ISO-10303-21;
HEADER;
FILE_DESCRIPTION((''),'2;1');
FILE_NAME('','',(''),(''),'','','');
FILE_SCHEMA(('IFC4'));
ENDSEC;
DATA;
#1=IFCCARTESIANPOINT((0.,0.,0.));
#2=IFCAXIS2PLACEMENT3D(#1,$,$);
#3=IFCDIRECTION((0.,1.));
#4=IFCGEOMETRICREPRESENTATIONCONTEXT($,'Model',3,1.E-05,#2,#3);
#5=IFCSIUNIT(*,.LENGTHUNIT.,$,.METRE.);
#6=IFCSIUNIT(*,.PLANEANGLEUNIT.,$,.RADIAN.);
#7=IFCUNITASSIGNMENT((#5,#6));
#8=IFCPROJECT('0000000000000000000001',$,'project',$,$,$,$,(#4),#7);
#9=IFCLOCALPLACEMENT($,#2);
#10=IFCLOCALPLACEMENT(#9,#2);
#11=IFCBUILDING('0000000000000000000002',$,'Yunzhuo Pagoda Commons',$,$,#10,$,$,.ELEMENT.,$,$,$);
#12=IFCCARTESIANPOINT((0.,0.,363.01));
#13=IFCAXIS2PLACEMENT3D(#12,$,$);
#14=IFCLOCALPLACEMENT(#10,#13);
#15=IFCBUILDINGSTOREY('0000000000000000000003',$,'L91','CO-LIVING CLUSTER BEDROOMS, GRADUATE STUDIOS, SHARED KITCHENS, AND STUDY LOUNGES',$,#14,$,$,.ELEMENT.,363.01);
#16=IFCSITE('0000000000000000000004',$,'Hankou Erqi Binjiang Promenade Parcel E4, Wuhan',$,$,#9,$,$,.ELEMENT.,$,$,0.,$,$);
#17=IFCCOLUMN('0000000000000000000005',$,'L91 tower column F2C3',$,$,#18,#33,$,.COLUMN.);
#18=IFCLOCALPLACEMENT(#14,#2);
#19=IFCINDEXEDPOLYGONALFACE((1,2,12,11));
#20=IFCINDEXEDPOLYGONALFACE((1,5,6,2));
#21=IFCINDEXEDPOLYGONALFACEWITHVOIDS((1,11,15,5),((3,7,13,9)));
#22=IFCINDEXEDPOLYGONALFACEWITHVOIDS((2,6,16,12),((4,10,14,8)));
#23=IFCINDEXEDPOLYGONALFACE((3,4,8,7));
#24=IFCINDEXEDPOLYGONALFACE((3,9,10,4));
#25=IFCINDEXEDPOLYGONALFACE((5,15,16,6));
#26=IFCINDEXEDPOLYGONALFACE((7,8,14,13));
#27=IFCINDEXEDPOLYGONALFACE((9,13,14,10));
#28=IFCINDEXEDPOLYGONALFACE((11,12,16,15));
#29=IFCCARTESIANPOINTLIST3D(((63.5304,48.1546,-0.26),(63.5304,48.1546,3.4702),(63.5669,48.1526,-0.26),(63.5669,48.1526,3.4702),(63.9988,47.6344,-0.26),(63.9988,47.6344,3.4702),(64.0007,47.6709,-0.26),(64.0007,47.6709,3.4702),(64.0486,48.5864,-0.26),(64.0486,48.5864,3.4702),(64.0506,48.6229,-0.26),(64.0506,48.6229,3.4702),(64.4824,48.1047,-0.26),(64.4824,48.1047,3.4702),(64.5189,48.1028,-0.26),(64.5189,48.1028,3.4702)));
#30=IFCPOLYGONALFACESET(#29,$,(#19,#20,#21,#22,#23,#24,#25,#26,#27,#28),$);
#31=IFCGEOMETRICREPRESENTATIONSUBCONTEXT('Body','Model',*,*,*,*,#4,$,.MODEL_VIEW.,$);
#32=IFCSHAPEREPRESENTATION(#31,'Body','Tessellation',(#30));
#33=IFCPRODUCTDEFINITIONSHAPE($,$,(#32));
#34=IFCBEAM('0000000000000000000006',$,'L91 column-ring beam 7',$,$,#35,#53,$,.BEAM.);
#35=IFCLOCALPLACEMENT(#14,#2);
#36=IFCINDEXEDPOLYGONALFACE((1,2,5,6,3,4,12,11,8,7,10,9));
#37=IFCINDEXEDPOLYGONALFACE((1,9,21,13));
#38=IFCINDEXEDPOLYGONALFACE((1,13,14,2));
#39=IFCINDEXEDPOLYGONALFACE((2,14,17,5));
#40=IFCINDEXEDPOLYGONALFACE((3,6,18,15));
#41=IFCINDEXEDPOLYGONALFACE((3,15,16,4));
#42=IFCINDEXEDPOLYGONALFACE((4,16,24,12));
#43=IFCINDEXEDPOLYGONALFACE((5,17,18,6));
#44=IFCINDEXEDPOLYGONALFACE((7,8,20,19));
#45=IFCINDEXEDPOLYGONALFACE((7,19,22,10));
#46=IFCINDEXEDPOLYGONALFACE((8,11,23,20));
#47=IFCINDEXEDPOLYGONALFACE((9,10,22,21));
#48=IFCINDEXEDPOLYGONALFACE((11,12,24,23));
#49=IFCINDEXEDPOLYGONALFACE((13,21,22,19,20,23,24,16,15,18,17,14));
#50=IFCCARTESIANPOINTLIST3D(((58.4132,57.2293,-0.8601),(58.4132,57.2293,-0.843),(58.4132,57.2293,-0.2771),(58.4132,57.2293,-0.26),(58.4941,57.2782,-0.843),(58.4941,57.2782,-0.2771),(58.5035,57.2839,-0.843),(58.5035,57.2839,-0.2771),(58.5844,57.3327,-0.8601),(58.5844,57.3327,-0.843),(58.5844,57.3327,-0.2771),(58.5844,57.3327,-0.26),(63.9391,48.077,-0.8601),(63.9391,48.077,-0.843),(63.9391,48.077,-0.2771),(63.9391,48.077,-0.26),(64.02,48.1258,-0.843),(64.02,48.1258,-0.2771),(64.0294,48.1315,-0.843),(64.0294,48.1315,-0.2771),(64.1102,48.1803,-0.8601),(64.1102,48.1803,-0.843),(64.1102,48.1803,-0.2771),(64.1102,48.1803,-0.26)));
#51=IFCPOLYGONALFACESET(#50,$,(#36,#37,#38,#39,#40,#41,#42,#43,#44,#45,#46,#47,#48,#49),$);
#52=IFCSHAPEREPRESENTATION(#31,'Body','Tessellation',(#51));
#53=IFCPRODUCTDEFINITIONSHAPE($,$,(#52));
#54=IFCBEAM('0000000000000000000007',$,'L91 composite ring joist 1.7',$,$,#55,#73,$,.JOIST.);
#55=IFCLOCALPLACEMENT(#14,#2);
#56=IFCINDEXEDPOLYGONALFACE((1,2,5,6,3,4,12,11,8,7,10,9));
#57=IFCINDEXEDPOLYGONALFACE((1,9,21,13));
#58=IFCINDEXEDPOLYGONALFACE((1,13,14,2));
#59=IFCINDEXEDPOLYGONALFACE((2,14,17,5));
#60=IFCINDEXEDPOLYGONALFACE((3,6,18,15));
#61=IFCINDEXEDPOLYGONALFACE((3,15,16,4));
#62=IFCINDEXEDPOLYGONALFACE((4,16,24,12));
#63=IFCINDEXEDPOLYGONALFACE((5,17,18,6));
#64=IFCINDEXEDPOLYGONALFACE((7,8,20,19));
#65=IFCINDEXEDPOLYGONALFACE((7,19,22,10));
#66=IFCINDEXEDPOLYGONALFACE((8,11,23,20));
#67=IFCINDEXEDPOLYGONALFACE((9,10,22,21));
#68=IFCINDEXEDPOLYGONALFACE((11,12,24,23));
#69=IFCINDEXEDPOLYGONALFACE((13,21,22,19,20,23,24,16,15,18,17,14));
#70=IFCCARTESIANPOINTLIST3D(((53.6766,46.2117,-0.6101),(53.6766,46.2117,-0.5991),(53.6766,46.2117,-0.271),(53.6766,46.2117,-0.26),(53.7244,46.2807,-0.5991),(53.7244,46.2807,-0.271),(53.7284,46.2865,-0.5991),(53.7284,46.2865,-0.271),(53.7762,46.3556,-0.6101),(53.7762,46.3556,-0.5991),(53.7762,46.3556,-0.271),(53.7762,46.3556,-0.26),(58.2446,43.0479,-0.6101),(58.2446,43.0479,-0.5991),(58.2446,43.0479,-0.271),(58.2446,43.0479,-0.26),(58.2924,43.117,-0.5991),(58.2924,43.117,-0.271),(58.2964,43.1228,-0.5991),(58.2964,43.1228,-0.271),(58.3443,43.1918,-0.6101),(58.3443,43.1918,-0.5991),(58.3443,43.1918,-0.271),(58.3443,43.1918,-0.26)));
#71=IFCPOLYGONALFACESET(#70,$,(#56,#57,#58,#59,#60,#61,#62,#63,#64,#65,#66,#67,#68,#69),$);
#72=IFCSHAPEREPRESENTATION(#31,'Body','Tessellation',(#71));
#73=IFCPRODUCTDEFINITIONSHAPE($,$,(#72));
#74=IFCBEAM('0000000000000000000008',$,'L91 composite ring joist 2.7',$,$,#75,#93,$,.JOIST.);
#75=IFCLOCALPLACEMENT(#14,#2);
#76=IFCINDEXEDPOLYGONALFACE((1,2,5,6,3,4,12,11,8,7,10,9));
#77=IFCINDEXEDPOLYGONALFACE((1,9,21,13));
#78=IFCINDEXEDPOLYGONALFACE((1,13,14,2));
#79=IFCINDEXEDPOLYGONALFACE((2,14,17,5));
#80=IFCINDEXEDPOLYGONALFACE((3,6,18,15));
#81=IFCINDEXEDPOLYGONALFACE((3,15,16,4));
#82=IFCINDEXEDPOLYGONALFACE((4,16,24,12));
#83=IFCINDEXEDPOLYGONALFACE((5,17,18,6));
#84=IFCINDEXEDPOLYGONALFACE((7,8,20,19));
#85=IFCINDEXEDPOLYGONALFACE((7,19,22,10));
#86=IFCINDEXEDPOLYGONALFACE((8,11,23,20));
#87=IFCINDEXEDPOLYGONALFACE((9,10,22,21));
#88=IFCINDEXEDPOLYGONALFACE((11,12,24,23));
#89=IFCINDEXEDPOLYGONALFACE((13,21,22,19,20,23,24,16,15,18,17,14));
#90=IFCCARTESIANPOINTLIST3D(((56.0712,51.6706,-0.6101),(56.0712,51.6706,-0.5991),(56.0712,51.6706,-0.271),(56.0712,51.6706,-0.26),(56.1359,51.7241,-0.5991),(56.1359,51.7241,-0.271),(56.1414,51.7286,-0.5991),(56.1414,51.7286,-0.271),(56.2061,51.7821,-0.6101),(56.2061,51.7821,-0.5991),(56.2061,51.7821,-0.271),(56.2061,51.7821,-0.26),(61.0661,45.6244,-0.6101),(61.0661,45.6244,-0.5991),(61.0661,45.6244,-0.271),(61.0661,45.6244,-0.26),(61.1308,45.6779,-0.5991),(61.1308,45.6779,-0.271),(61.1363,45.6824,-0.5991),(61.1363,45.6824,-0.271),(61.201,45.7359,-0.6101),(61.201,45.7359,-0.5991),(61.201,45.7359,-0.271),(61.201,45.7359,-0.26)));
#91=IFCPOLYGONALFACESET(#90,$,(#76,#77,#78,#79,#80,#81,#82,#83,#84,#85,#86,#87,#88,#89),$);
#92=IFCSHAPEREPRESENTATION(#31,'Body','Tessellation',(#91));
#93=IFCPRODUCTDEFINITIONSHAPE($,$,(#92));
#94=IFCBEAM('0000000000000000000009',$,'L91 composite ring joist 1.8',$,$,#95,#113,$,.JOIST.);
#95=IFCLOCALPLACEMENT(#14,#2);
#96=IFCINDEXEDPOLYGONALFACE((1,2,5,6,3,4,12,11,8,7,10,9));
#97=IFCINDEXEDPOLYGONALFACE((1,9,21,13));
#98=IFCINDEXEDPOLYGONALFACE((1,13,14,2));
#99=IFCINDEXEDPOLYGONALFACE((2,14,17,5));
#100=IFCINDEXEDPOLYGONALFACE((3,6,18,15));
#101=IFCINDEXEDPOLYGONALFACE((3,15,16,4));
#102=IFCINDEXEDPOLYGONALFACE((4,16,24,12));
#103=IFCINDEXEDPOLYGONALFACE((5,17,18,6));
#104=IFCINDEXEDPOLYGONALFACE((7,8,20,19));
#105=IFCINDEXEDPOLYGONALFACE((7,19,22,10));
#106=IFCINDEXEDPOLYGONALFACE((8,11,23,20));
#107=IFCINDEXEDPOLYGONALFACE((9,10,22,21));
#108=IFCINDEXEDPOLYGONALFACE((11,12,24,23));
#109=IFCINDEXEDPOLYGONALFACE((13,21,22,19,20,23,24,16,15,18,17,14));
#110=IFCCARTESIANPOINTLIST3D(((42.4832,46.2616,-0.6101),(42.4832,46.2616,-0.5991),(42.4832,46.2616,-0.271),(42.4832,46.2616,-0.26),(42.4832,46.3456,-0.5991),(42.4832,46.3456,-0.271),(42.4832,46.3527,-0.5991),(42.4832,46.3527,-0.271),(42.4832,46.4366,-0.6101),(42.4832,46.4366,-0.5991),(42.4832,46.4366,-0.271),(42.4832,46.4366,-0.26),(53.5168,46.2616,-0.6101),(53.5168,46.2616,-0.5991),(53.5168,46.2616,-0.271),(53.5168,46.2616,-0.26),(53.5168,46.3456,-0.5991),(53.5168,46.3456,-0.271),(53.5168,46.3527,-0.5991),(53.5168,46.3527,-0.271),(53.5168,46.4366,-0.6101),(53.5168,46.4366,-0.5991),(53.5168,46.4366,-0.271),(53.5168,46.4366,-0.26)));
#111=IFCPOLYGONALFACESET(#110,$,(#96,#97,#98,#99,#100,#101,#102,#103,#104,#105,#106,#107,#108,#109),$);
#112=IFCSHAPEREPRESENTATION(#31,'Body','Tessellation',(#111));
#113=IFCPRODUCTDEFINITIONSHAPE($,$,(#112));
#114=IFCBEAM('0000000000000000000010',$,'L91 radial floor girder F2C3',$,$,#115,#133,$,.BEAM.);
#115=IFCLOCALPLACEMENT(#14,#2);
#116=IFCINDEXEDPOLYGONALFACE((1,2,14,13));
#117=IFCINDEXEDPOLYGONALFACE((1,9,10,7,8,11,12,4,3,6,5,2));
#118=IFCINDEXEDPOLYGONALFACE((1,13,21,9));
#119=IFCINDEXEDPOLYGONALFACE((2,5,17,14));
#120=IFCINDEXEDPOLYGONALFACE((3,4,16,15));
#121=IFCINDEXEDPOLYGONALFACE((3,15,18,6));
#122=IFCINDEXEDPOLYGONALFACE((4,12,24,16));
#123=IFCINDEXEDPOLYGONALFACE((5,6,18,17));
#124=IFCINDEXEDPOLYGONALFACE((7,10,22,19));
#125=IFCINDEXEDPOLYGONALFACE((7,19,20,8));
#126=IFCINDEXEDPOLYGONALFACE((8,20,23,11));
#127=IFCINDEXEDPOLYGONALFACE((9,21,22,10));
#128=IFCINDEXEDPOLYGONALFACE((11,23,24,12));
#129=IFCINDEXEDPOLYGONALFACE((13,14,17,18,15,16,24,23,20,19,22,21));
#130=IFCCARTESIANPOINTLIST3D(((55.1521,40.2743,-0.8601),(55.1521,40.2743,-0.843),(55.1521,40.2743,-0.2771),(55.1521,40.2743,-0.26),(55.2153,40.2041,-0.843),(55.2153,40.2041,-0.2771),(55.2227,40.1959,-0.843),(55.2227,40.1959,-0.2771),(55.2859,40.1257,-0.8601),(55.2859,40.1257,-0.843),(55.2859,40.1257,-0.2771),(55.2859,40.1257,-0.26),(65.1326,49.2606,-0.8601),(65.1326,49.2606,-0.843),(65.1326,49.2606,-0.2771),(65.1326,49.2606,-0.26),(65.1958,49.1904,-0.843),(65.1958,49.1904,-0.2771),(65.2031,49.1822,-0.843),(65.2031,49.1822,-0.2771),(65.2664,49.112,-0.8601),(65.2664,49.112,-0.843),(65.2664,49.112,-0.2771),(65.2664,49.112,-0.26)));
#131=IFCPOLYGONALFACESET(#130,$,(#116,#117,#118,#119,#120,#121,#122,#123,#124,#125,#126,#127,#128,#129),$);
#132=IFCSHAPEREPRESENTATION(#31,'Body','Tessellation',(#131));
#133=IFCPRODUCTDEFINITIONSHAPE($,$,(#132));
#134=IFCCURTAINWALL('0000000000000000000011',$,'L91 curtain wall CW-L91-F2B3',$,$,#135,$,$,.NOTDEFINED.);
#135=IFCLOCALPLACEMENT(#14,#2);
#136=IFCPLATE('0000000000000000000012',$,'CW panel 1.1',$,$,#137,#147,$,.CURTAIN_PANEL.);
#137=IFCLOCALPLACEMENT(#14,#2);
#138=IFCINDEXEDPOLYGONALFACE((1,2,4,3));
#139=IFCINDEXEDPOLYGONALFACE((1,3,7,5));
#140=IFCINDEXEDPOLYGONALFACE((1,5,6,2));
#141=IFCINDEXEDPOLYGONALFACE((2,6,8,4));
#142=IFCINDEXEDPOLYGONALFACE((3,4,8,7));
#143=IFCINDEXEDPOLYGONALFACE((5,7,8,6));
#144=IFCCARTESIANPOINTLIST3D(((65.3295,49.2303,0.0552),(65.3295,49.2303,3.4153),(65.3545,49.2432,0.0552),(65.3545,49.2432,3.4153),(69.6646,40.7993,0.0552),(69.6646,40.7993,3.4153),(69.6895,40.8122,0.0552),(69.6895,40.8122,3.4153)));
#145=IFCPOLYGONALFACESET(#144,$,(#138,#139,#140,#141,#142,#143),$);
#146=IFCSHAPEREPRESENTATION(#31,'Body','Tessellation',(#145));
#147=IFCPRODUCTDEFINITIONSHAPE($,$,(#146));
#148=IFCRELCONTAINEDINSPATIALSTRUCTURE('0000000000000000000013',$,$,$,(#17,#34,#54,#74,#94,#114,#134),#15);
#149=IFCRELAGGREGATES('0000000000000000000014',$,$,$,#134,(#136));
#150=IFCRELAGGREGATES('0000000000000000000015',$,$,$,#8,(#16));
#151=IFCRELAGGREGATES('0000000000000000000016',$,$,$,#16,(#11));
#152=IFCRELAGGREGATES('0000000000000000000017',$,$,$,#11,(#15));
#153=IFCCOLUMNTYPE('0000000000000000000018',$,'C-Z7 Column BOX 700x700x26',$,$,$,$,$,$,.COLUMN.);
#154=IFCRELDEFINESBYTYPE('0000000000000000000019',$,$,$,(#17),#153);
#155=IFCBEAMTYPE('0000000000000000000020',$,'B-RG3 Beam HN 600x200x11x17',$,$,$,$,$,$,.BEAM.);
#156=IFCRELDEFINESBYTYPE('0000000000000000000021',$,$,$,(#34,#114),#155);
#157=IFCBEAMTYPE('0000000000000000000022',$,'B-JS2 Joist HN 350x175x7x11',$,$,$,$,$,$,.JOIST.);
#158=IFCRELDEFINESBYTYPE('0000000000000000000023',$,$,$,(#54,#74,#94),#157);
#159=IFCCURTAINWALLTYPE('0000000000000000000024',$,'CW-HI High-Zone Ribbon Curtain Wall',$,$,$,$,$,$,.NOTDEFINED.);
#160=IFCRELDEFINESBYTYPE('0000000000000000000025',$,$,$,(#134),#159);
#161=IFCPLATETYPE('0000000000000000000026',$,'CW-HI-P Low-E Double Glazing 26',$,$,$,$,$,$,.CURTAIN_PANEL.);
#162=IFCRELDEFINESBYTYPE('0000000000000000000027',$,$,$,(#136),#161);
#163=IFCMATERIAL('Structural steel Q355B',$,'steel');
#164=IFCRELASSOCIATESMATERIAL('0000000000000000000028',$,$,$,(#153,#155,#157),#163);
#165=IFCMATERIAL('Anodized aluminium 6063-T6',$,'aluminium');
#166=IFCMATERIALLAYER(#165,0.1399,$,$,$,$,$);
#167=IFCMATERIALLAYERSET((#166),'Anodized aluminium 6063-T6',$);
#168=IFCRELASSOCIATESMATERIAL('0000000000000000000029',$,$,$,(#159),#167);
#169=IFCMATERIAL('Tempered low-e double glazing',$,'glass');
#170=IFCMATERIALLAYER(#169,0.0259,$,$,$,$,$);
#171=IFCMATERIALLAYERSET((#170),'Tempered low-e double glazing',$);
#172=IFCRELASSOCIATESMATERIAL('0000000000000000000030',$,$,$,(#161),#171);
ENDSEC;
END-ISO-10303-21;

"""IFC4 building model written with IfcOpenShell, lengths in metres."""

from ifc_helpers import new_model, si_unit, direction, frame, origin, origin_2d, place, context, subcontext, project, spatial, rectangle, hollow_rectangle, i_section, extrude, source, transform, mapped, material, layer, layer_set, material_profile, profile_set, type_object, element, aggregate, save


model = new_model("IFC4")

# Units and contexts
model_context = context("Model", 3, precision=1e-05, world=origin(), true_north=direction((0.0, 1.0)))
body_context = subcontext(model_context, "Body", "Model", "MODEL_VIEW")
ifc_project = project(units=[si_unit("LENGTHUNIT", "METRE"), si_unit("PLANEANGLEUNIT", "RADIAN")], contexts=[model_context])

# Site, building, storey
site_placement = place(None, origin())
site = spatial("IfcSite", under=ifc_project, at=site_placement, Name="Hankou Erqi Binjiang Promenade Parcel E4, Wuhan", CompositionType="ELEMENT", RefElevation=0.0)
building_placement = place(site_placement, origin())
building = spatial("IfcBuilding", under=site, at=building_placement, Name="Yunzhuo Pagoda Commons", CompositionType="ELEMENT")
storey_placement = place(building_placement, frame((0.0, 0.0, 363.01)))
storey = spatial("IfcBuildingStorey", under=building, at=storey_placement, Name="L91", Description="CO-LIVING CLUSTER BEDROOMS, GRADUATE STUDIOS, SHARED KITCHENS, AND STUDY LOUNGES", CompositionType="ELEMENT", Elevation=363.01)

# Column
ifc_material_1 = material(Name="Structural steel Q355B", Category="steel")
ifc_material_profile_1 = material_profile(ifc_material_1, hollow_rectangle(XDim=0.7, YDim=0.7, WallThickness=0.0259, at=origin_2d()), Name="Structural steel Q355B")
ifc_profile_set_1 = profile_set([ifc_material_profile_1], Name="Structural steel Q355B")
column_type = type_object("IfcColumnType", Name="C-Z7 Column BOX 700x700x26", PredefinedType="COLUMN", material=ifc_profile_set_1)
shared_shape_1 = source(origin(), body_context, "Body", "SweptSolid", [
    extrude(hollow_rectangle(XDim=0.7, YDim=0.7, WallThickness=0.0259, at=origin_2d()), origin(), (0.0, 0.0, 1.0), 3.7302),
])
column_placement = place(storey_placement, frame((64.0247, 48.1287, -0.26), z_axis=(0.0, 0.0, 1.0), x_axis=(-0.669131, 0.743145, 0.0)))
element("IfcColumn", 1, at=column_placement, inside=storey, type_object=column_type, Name="L91 tower column F2C3", PredefinedType="COLUMN", context=body_context, shape_type="MappedRepresentation", body=[
    mapped(shared_shape_1, transform((0.0, 0.0, 0.0), scale=1.0)),
])

# Beams
ifc_material_profile_2 = material_profile(ifc_material_1, i_section(OverallWidth=0.2, OverallDepth=0.6001, WebThickness=0.011, FlangeThickness=0.0171, at=origin_2d()), Name="Structural steel Q355B")
ifc_profile_set_2 = profile_set([ifc_material_profile_2], Name="Structural steel Q355B")
beam_type_1 = type_object("IfcBeamType", Name="B-RG3 Beam HN 600x200x11x17", PredefinedType="BEAM", material=ifc_profile_set_2)
shared_shape_2 = source(origin(), body_context, "Body", "SweptSolid", [
    extrude(i_section(OverallWidth=0.2, OverallDepth=0.6001, WebThickness=0.011, FlangeThickness=0.0171, at=origin_2d()), origin(), (0.0, 0.0, 1.0), 10.6912),
])
beam_1_placement = place(storey_placement, frame((64.0247, 48.1287, -0.5601), z_axis=(-0.516865, 0.856067, 0.0), x_axis=(-0.856067, -0.516865, 0.0)))
element("IfcBeam", 2, at=beam_1_placement, inside=storey, type_object=beam_type_1, Name="L91 column-ring beam 7", PredefinedType="BEAM", context=body_context, shape_type="MappedRepresentation", body=[
    mapped(shared_shape_2, transform((0.0, 0.0, 0.0), scale=1.0)),
])
ifc_material_profile_3 = material_profile(ifc_material_1, i_section(OverallWidth=0.175, OverallDepth=0.3501, WebThickness=0.0071, FlangeThickness=0.011, at=origin_2d()), Name="Structural steel Q355B")
ifc_profile_set_3 = profile_set([ifc_material_profile_3], Name="Structural steel Q355B")
beam_type_2 = type_object("IfcBeamType", Name="B-JS2 Joist HN 350x175x7x11", PredefinedType="JOIST", material=ifc_profile_set_3)
shared_shape_3 = source(origin(), body_context, "Body", "SweptSolid", [
    extrude(i_section(OverallWidth=0.175, OverallDepth=0.3501, WebThickness=0.0071, FlangeThickness=0.011, at=origin_2d()), origin(), (0.0, 0.0, 1.0), 5.5566),
])
beam_2_placement = place(storey_placement, frame((58.2944, 43.1199, -0.4351), z_axis=(-0.822085, 0.569365, 0.0), x_axis=(-0.569365, -0.822085, 0.0)))
element("IfcBeam", 3, at=beam_2_placement, inside=storey, type_object=beam_type_2, Name="L91 composite ring joist 1.7", PredefinedType="JOIST", context=body_context, shape_type="MappedRepresentation", body=[
    mapped(shared_shape_3, transform((0.0, 0.0, 0.0), scale=1.0)),
])
shared_shape_4 = source(origin(), body_context, "Body", "SweptSolid", [
    extrude(i_section(OverallWidth=0.175, OverallDepth=0.3501, WebThickness=0.0071, FlangeThickness=0.011, at=origin_2d()), origin(), (0.0, 0.0, 1.0), 7.8425),
])
beam_3_placement = place(storey_placement, frame((61.1335, 45.6802, -0.4351), z_axis=(-0.636899, 0.770947, 0.0), x_axis=(-0.770947, -0.636899, 0.0)))
element("IfcBeam", 4, at=beam_3_placement, inside=storey, type_object=beam_type_2, Name="L91 composite ring joist 2.7", PredefinedType="JOIST", context=body_context, shape_type="MappedRepresentation", body=[
    mapped(shared_shape_4, transform((0.0, 0.0, 0.0), scale=1.0)),
])
shared_shape_5 = source(origin(), body_context, "Body", "SweptSolid", [
    extrude(i_section(OverallWidth=0.175, OverallDepth=0.3501, WebThickness=0.0071, FlangeThickness=0.011, at=origin_2d()), origin(), (0.0, 0.0, 1.0), 11.0337),
])
beam_4_placement = place(storey_placement, frame((53.5168, 46.3491, -0.4351), z_axis=(-1.0, 0.0, 0.0), x_axis=(0.0, -1.0, 0.0)))
element("IfcBeam", 5, at=beam_4_placement, inside=storey, type_object=beam_type_2, Name="L91 composite ring joist 1.8", PredefinedType="JOIST", context=body_context, shape_type="MappedRepresentation", body=[
    mapped(shared_shape_5, transform((0.0, 0.0, 0.0), scale=1.0)),
])
shared_shape_6 = source(origin(), body_context, "Body", "SweptSolid", [
    extrude(i_section(OverallWidth=0.2, OverallDepth=0.6001, WebThickness=0.011, FlangeThickness=0.0171, at=origin_2d()), origin(), (0.0, 0.0, 1.0), 13.4299),
])
beam_5_placement = place(storey_placement, frame((65.1995, 49.1863, -0.5601), z_axis=(-0.74315, -0.669125, 0.0), x_axis=(0.669125, -0.74315, 0.0)))
element("IfcBeam", 6, at=beam_5_placement, inside=storey, type_object=beam_type_1, Name="L91 radial floor girder F2C3", PredefinedType="BEAM", context=body_context, shape_type="MappedRepresentation", body=[
    mapped(shared_shape_6, transform((0.0, 0.0, 0.0), scale=1.0)),
])

# Curtain wall, plate
ifc_material_2 = material(Name="Anodized aluminium 6063-T6", Category="aluminium")
ifc_layer_1 = layer(ifc_material_2, 0.1399)
ifc_layer_set_1 = layer_set([ifc_layer_1], Name="Anodized aluminium 6063-T6")
curtain_wall_type = type_object("IfcCurtainWallType", Name="CW-HI High-Zone Ribbon Curtain Wall", PredefinedType="NOTDEFINED", material=ifc_layer_set_1)
curtain_wall_placement = place(storey_placement, origin())
curtain_wall = element("IfcCurtainWall", 7, at=curtain_wall_placement, inside=storey, type_object=curtain_wall_type, Name="L91 curtain wall CW-L91-F2B3", PredefinedType="NOTDEFINED")
ifc_material_3 = material(Name="Tempered low-e double glazing", Category="glass")
ifc_layer_2 = layer(ifc_material_3, 0.0259)
ifc_layer_set_2 = layer_set([ifc_layer_2], Name="Tempered low-e double glazing")
plate_type = type_object("IfcPlateType", Name="CW-HI-P Low-E Double Glazing 26", PredefinedType="CURTAIN_PANEL", material=ifc_layer_set_2)
shared_shape_7 = source(origin(), body_context, "Body", "SweptSolid", [
    extrude(rectangle(XDim=9.4802, YDim=0.0281, at=origin_2d()), origin(), (0.0, 0.0, 1.0), 3.3601),
])
plate_placement = place(storey_placement, frame((67.5095, 45.0212, 0.0552), z_axis=(0.0, 0.0, 1.0), x_axis=(-0.457276, 0.889325, 0.0)))
plate = element("IfcPlate", 8, at=plate_placement, type_object=plate_type, Name="CW panel 1.1", PredefinedType="CURTAIN_PANEL", context=body_context, shape_type="MappedRepresentation", body=[
    mapped(shared_shape_7, transform((0.0, 0.0, 0.0), scale=1.0)),
])
aggregate(curtain_wall, [plate])

save(model, "model.ifc")
